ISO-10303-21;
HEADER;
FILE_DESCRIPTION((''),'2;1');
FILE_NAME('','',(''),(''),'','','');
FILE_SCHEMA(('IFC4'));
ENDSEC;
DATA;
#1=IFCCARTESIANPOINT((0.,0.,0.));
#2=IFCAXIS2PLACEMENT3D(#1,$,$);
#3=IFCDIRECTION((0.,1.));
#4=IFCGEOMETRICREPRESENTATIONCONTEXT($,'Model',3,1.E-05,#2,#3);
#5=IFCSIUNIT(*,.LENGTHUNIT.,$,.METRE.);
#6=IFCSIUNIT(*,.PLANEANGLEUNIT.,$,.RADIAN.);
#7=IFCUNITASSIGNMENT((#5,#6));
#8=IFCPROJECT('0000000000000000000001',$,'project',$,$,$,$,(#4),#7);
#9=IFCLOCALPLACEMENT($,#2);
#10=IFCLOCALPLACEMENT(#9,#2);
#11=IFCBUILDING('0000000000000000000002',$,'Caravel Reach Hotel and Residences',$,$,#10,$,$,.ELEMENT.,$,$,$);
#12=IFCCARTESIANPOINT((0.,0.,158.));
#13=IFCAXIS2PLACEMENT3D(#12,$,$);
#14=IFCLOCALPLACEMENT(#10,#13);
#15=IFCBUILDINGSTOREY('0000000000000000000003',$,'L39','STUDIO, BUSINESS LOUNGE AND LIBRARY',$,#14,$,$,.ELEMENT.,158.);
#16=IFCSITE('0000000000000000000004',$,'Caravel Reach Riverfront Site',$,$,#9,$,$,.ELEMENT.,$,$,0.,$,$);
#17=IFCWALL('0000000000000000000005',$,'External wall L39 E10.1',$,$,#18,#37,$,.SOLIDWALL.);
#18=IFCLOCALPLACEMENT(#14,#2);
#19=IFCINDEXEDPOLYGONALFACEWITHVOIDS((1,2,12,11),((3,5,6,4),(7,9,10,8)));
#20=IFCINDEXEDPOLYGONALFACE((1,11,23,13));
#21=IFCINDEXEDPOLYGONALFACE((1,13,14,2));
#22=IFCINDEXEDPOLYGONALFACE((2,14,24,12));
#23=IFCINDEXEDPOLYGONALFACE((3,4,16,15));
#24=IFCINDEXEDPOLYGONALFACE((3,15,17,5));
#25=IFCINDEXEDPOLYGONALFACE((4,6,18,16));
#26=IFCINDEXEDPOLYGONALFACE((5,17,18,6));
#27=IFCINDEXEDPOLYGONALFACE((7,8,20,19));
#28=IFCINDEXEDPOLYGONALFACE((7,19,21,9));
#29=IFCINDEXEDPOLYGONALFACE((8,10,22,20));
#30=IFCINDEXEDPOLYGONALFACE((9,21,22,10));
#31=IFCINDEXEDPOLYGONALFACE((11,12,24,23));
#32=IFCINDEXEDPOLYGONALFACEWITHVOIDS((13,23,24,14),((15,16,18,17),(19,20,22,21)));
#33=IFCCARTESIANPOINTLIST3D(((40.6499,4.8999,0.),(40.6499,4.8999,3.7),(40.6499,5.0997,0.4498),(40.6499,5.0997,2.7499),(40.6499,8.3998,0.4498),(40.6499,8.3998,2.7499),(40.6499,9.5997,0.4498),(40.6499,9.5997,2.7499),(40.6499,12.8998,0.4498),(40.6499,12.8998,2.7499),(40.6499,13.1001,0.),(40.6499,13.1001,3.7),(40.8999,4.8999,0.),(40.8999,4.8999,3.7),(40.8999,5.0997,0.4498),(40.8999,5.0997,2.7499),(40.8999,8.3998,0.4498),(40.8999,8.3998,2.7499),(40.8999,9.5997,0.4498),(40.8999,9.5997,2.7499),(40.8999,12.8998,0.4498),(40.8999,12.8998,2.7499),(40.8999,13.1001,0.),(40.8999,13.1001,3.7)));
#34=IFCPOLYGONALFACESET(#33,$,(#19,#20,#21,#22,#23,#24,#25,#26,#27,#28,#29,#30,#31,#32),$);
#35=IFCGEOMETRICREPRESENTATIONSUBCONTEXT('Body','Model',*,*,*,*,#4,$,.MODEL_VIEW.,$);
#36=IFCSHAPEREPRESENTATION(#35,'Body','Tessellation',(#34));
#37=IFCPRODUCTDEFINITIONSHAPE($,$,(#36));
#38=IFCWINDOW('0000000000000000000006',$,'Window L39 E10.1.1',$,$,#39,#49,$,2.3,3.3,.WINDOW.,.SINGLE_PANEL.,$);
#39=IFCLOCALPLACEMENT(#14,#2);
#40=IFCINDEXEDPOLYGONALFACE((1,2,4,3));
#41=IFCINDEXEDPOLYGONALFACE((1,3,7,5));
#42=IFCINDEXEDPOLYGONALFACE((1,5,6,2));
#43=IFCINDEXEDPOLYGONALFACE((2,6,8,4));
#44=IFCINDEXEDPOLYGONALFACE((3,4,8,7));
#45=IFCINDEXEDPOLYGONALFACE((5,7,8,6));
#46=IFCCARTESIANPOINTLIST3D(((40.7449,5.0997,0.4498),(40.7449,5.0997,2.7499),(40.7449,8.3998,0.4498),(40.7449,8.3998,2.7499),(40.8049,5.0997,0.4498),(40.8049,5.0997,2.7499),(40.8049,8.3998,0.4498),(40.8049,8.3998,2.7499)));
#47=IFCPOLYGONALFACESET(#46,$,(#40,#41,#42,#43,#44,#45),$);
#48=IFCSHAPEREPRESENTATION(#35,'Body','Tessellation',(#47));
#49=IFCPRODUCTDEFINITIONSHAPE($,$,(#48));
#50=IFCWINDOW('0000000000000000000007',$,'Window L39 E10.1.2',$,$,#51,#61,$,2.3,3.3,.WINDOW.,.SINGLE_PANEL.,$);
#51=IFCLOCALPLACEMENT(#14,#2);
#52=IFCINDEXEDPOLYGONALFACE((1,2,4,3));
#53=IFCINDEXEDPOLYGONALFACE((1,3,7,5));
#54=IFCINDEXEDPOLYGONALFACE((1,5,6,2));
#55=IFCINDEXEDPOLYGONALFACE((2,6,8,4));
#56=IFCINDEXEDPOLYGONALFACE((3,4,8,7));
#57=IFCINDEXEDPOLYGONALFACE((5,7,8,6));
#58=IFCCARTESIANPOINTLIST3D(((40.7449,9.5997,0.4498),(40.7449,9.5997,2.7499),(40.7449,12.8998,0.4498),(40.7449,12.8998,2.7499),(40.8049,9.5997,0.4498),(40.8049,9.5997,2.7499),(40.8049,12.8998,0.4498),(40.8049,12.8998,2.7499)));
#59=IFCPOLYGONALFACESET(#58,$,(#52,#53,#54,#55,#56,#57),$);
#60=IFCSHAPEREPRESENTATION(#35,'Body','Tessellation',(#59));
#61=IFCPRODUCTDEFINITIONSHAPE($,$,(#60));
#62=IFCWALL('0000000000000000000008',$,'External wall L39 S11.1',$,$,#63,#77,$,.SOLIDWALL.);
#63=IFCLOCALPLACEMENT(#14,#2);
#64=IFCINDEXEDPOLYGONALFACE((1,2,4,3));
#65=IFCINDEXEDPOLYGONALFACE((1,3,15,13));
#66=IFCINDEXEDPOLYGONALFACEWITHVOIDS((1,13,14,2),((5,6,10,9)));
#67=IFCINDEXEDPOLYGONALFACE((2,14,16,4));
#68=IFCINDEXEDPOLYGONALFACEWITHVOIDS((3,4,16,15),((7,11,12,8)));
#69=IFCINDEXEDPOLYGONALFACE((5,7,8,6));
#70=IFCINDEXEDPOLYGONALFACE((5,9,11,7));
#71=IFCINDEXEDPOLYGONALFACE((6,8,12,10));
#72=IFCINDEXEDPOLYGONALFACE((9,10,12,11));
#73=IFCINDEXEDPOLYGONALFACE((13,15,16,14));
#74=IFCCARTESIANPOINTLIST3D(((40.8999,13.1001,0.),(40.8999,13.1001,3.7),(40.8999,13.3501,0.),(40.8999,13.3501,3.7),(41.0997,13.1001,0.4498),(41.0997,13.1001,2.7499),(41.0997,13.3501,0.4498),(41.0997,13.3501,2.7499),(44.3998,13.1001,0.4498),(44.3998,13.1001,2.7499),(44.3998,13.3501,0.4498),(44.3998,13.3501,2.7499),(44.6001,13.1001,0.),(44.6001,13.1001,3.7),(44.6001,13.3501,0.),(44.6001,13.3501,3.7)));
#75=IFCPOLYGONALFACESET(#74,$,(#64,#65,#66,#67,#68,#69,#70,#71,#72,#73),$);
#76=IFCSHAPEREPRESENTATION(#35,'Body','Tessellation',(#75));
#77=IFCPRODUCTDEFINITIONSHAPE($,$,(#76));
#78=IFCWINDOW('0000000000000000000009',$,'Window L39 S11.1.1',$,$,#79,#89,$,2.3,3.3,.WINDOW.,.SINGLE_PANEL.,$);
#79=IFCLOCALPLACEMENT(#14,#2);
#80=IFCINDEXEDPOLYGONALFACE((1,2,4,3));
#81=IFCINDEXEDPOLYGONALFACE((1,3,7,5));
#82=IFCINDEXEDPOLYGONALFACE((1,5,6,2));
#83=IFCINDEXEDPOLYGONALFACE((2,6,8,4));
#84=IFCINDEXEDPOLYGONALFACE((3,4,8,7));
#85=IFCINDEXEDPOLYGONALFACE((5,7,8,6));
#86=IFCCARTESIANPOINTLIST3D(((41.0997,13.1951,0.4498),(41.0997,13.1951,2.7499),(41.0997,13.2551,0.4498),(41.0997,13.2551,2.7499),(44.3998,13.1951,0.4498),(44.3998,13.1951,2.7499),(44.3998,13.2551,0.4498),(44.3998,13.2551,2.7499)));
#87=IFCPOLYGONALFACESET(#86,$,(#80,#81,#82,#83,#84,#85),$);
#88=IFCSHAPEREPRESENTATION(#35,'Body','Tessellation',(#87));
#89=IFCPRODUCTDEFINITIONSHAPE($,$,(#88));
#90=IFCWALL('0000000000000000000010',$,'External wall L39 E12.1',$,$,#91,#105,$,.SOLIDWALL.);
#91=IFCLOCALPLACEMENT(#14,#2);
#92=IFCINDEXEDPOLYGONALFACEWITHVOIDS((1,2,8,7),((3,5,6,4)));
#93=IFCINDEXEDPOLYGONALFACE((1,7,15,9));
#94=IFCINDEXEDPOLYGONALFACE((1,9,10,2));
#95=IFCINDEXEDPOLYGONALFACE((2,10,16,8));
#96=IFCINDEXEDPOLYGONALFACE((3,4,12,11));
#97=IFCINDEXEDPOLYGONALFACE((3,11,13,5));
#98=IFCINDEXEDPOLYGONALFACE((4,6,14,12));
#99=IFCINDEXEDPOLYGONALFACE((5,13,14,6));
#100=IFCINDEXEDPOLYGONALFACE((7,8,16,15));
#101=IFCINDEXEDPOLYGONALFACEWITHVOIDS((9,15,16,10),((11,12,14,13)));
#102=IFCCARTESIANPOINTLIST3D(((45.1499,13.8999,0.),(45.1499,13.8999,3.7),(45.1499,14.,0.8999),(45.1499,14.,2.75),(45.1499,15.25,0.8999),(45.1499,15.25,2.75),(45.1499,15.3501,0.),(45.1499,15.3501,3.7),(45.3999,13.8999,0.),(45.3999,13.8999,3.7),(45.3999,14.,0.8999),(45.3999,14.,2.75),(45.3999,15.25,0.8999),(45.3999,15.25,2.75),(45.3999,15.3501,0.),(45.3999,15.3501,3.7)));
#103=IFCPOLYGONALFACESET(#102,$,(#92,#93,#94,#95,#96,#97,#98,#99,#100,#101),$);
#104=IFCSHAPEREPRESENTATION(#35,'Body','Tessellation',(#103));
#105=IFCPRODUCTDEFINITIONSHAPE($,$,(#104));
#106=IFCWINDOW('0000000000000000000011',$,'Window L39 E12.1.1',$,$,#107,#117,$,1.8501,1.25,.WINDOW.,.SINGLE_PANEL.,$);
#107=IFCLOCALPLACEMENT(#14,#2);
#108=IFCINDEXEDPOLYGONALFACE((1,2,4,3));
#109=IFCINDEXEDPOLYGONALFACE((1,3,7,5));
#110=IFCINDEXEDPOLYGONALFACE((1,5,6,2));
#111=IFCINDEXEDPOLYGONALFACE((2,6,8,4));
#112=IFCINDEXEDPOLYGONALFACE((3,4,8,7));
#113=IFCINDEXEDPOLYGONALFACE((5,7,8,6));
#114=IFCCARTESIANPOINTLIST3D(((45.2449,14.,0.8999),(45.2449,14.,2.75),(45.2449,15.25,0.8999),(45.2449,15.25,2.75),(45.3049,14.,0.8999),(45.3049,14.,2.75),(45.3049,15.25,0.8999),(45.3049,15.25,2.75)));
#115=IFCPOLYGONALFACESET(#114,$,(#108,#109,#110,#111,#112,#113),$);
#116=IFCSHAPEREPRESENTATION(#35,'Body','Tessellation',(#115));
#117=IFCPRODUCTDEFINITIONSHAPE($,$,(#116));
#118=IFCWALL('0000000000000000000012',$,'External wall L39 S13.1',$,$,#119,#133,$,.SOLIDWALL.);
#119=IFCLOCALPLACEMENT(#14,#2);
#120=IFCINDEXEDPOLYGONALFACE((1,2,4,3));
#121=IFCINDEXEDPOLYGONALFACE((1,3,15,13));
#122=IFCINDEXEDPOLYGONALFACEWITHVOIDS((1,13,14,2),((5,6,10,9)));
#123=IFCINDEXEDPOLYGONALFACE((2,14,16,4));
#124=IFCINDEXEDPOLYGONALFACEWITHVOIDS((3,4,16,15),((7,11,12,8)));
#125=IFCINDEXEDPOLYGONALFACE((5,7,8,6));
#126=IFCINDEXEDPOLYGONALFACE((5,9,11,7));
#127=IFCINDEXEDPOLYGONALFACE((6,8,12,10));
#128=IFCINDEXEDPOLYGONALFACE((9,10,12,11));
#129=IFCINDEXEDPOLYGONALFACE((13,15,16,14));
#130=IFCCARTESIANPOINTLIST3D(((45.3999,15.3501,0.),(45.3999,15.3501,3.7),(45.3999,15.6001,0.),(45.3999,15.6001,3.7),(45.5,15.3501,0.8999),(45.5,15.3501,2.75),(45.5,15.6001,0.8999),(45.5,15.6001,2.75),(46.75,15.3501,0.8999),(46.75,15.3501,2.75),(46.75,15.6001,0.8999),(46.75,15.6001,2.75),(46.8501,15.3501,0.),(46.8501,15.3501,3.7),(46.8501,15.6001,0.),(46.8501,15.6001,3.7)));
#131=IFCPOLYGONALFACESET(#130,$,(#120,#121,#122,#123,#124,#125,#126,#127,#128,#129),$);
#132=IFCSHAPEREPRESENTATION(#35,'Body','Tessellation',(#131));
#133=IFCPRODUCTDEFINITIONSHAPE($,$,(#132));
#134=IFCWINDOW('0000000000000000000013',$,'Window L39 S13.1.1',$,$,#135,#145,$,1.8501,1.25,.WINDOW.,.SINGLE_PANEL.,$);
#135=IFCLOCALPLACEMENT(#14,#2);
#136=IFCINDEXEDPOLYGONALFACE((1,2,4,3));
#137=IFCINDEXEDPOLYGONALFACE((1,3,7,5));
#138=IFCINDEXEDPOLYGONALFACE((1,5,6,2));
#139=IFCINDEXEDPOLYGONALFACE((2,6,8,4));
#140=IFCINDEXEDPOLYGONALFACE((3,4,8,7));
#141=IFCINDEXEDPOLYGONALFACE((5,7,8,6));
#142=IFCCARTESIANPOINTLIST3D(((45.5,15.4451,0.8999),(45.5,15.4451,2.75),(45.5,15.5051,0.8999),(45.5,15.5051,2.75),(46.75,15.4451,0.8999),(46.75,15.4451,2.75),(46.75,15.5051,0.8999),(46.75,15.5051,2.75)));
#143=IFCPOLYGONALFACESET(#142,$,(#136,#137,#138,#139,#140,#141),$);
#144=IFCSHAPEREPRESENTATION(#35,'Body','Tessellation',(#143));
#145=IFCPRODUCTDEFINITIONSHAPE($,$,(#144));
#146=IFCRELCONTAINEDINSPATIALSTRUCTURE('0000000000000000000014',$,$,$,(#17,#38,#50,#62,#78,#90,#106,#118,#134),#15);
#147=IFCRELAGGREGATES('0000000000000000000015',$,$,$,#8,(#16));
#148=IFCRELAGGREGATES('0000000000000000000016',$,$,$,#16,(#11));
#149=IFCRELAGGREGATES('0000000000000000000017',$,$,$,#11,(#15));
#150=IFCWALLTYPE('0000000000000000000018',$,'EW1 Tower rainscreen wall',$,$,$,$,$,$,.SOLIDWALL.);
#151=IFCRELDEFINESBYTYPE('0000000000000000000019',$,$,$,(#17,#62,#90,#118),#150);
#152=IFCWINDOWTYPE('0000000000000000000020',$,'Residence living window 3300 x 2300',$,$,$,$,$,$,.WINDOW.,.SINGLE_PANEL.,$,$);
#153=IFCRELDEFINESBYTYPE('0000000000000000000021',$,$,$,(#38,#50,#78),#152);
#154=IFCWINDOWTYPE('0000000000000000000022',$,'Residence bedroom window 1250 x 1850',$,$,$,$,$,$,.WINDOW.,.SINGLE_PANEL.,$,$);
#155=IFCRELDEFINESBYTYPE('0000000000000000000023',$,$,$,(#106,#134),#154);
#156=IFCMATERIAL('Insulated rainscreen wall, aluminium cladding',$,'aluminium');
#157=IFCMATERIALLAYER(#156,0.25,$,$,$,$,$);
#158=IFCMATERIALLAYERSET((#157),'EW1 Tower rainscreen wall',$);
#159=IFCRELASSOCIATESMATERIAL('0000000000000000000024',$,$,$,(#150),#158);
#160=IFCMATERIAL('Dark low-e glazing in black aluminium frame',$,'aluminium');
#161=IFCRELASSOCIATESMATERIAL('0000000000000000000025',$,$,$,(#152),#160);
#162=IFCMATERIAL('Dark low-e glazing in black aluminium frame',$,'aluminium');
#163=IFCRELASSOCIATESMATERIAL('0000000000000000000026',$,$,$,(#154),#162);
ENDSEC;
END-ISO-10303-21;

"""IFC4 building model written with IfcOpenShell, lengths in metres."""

from ifc_helpers import new_model, si_unit, direction, frame, frame_2d, origin, place, context, subcontext, project, spatial, rectangle, extrude, material, layer, layer_set, type_object, element, fill, save


model = new_model("IFC4")

# Units and contexts
model_context = context("Model", 3, precision=1e-05, world=origin(), true_north=direction((0.0, 1.0)))
body_context = subcontext(model_context, "Body", "Model", "MODEL_VIEW")
ifc_project = project(units=[si_unit("LENGTHUNIT", "METRE"), si_unit("PLANEANGLEUNIT", "RADIAN")], contexts=[model_context])

# Site, building, storey
site_placement = place(None, origin())
site = spatial("IfcSite", under=ifc_project, at=site_placement, Name="Caravel Reach Riverfront Site", CompositionType="ELEMENT", RefElevation=0.0)
building_placement = place(site_placement, origin())
building = spatial("IfcBuilding", under=site, at=building_placement, Name="Caravel Reach Hotel and Residences", CompositionType="ELEMENT")
storey_placement = place(building_placement, frame((0.0, 0.0, 158.0)))
storey = spatial("IfcBuildingStorey", under=building, at=storey_placement, Name="L39", Description="STUDIO, BUSINESS LOUNGE AND LIBRARY", CompositionType="ELEMENT", Elevation=158.0)

# Wall, openings, windows
ifc_material_1 = material(Name="Insulated rainscreen wall, aluminium cladding", Category="aluminium")
ifc_layer_1 = layer(ifc_material_1, 0.25)
ifc_layer_set_1 = layer_set([ifc_layer_1], Name="EW1 Tower rainscreen wall")
wall_type_1 = type_object("IfcWallType", Name="EW1 Tower rainscreen wall", PredefinedType="SOLIDWALL", material=ifc_layer_set_1)
wall_1_placement = place(storey_placement, frame((40.7749, 4.8999, 0.0), z_axis=(0.0, 0.0, 1.0), x_axis=(0.0, 1.0, 0.0)))
wall_1 = element("IfcWall", 1, at=wall_1_placement, inside=storey, type_object=wall_type_1, Name="External wall L39 E10.1", PredefinedType="SOLIDWALL", context=body_context, shape_type="SweptSolid", body=[
    extrude(rectangle(XDim=8.2002, YDim=0.25, at=frame_2d((4.1001, 0.0))), origin(), (0.0, 0.0, 1.0), 3.7),
])
opening_1_placement = place(wall_1_placement, frame((0.2, 0.0, 0.45)))
opening_1 = element("IfcOpeningElement", 2, at=opening_1_placement, cuts=wall_1, PredefinedType="OPENING", context=body_context, shape_type="SweptSolid", body=[
    extrude(rectangle(XDim=3.3, YDim=2.3, at=frame_2d((1.6499, 1.1499))), frame((0.0, 0.135, 0.0), z_axis=(0.0, -1.0, 0.0), x_axis=(1.0, 0.0, 0.0)), (0.0, 0.0, 1.0), 0.27),
])
opening_2_placement = place(wall_1_placement, frame((4.7, 0.0, 0.45)))
opening_2 = element("IfcOpeningElement", 3, at=opening_2_placement, cuts=wall_1, PredefinedType="OPENING", context=body_context, shape_type="SweptSolid", body=[
    extrude(rectangle(XDim=3.3, YDim=2.3, at=frame_2d((1.6499, 1.1499))), frame((0.0, 0.135, 0.0), z_axis=(0.0, -1.0, 0.0), x_axis=(1.0, 0.0, 0.0)), (0.0, 0.0, 1.0), 0.27),
])
ifc_material_2 = material(Name="Dark low-e glazing in black aluminium frame", Category="aluminium")
window_type_1 = type_object("IfcWindowType", Name="Residence living window 3300 x 2300", PartitioningType="SINGLE_PANEL", PredefinedType="WINDOW", material=ifc_material_2)
window_1_placement = place(opening_1_placement, origin())
window_1 = element("IfcWindow", 4, at=window_1_placement, inside=storey, type_object=window_type_1, Name="Window L39 E10.1.1", OverallHeight=2.3, OverallWidth=3.3, PartitioningType="SINGLE_PANEL", PredefinedType="WINDOW", context=body_context, shape_type="SweptSolid", body=[
    extrude(rectangle(XDim=3.3, YDim=2.3, at=frame_2d((1.6499, 1.1499))), frame((0.0, 0.03, 0.0), z_axis=(0.0, -1.0, 0.0), x_axis=(1.0, 0.0, 0.0)), (0.0, 0.0, 1.0), 0.0601),
])
fill(opening_1, window_1)
window_2_placement = place(opening_2_placement, origin())
window_2 = element("IfcWindow", 5, at=window_2_placement, inside=storey, type_object=window_type_1, Name="Window L39 E10.1.2", OverallHeight=2.3, OverallWidth=3.3, PartitioningType="SINGLE_PANEL", PredefinedType="WINDOW", context=body_context, shape_type="SweptSolid", body=[
    extrude(rectangle(XDim=3.3, YDim=2.3, at=frame_2d((1.6499, 1.1499))), frame((0.0, 0.03, 0.0), z_axis=(0.0, -1.0, 0.0), x_axis=(1.0, 0.0, 0.0)), (0.0, 0.0, 1.0), 0.0601),
])
fill(opening_2, window_2)

# Walls, openings, windows
wall_2_placement = place(storey_placement, frame((40.8999, 13.2251, 0.0), z_axis=(0.0, 0.0, 1.0), x_axis=(1.0, 0.0, 0.0)))
wall_2 = element("IfcWall", 6, at=wall_2_placement, inside=storey, type_object=wall_type_1, Name="External wall L39 S11.1", PredefinedType="SOLIDWALL", context=body_context, shape_type="SweptSolid", body=[
    extrude(rectangle(XDim=3.7002, YDim=0.25, at=frame_2d((1.8501, 0.0))), origin(), (0.0, 0.0, 1.0), 3.7),
])
opening_3_placement = place(wall_2_placement, frame((0.2, 0.0, 0.45)))
opening_3 = element("IfcOpeningElement", 7, at=opening_3_placement, cuts=wall_2, PredefinedType="OPENING", context=body_context, shape_type="SweptSolid", body=[
    extrude(rectangle(XDim=3.3, YDim=2.3, at=frame_2d((1.6499, 1.1499))), frame((0.0, 0.135, 0.0), z_axis=(0.0, -1.0, 0.0), x_axis=(1.0, 0.0, 0.0)), (0.0, 0.0, 1.0), 0.27),
])
window_3_placement = place(opening_3_placement, origin())
window_3 = element("IfcWindow", 8, at=window_3_placement, inside=storey, type_object=window_type_1, Name="Window L39 S11.1.1", OverallHeight=2.3, OverallWidth=3.3, PartitioningType="SINGLE_PANEL", PredefinedType="WINDOW", context=body_context, shape_type="SweptSolid", body=[
    extrude(rectangle(XDim=3.3, YDim=2.3, at=frame_2d((1.6499, 1.1499))), frame((0.0, 0.03, 0.0), z_axis=(0.0, -1.0, 0.0), x_axis=(1.0, 0.0, 0.0)), (0.0, 0.0, 1.0), 0.0601),
])
fill(opening_3, window_3)
wall_3_placement = place(storey_placement, frame((45.2749, 13.8999, 0.0), z_axis=(0.0, 0.0, 1.0), x_axis=(0.0, 1.0, 0.0)))
wall_3 = element("IfcWall", 9, at=wall_3_placement, inside=storey, type_object=wall_type_1, Name="External wall L39 E12.1", PredefinedType="SOLIDWALL", context=body_context, shape_type="SweptSolid", body=[
    extrude(rectangle(XDim=1.4502, YDim=0.25, at=frame_2d((0.7251, 0.0))), origin(), (0.0, 0.0, 1.0), 3.7),
])
opening_4_placement = place(wall_3_placement, frame((0.1001, 0.0, 0.8999)))
opening_4 = element("IfcOpeningElement", 10, at=opening_4_placement, cuts=wall_3, PredefinedType="OPENING", context=body_context, shape_type="SweptSolid", body=[
    extrude(rectangle(XDim=1.25, YDim=1.8501, at=frame_2d((0.625, 0.925))), frame((0.0, 0.135, 0.0), z_axis=(0.0, -1.0, 0.0), x_axis=(1.0, 0.0, 0.0)), (0.0, 0.0, 1.0), 0.27),
])
ifc_material_3 = material(Name="Dark low-e glazing in black aluminium frame", Category="aluminium")
window_type_2 = type_object("IfcWindowType", Name="Residence bedroom window 1250 x 1850", PartitioningType="SINGLE_PANEL", PredefinedType="WINDOW", material=ifc_material_3)
window_4_placement = place(opening_4_placement, origin())
window_4 = element("IfcWindow", 11, at=window_4_placement, inside=storey, type_object=window_type_2, Name="Window L39 E12.1.1", OverallHeight=1.8501, OverallWidth=1.25, PartitioningType="SINGLE_PANEL", PredefinedType="WINDOW", context=body_context, shape_type="SweptSolid", body=[
    extrude(rectangle(XDim=1.25, YDim=1.8501, at=frame_2d((0.625, 0.925))), frame((0.0, 0.03, 0.0), z_axis=(0.0, -1.0, 0.0), x_axis=(1.0, 0.0, 0.0)), (0.0, 0.0, 1.0), 0.0601),
])
fill(opening_4, window_4)
wall_4_placement = place(storey_placement, frame((45.3999, 15.4751, 0.0), z_axis=(0.0, 0.0, 1.0), x_axis=(1.0, 0.0, 0.0)))
wall_4 = element("IfcWall", 12, at=wall_4_placement, inside=storey, type_object=wall_type_1, Name="External wall L39 S13.1", PredefinedType="SOLIDWALL", context=body_context, shape_type="SweptSolid", body=[
    extrude(rectangle(XDim=1.4502, YDim=0.25, at=frame_2d((0.7251, 0.0))), origin(), (0.0, 0.0, 1.0), 3.7),
])
opening_5_placement = place(wall_4_placement, frame((0.1001, 0.0, 0.8999)))
opening_5 = element("IfcOpeningElement", 13, at=opening_5_placement, cuts=wall_4, PredefinedType="OPENING", context=body_context, shape_type="SweptSolid", body=[
    extrude(rectangle(XDim=1.25, YDim=1.8501, at=frame_2d((0.625, 0.925))), frame((0.0, 0.135, 0.0), z_axis=(0.0, -1.0, 0.0), x_axis=(1.0, 0.0, 0.0)), (0.0, 0.0, 1.0), 0.27),
])
window_5_placement = place(opening_5_placement, origin())
window_5 = element("IfcWindow", 14, at=window_5_placement, inside=storey, type_object=window_type_2, Name="Window L39 S13.1.1", OverallHeight=1.8501, OverallWidth=1.25, PartitioningType="SINGLE_PANEL", PredefinedType="WINDOW", context=body_context, shape_type="SweptSolid", body=[
    extrude(rectangle(XDim=1.25, YDim=1.8501, at=frame_2d((0.625, 0.925))), frame((0.0, 0.03, 0.0), z_axis=(0.0, -1.0, 0.0), x_axis=(1.0, 0.0, 0.0)), (0.0, 0.0, 1.0), 0.0601),
])
fill(opening_5, window_5)

save(model, "model.ifc")
